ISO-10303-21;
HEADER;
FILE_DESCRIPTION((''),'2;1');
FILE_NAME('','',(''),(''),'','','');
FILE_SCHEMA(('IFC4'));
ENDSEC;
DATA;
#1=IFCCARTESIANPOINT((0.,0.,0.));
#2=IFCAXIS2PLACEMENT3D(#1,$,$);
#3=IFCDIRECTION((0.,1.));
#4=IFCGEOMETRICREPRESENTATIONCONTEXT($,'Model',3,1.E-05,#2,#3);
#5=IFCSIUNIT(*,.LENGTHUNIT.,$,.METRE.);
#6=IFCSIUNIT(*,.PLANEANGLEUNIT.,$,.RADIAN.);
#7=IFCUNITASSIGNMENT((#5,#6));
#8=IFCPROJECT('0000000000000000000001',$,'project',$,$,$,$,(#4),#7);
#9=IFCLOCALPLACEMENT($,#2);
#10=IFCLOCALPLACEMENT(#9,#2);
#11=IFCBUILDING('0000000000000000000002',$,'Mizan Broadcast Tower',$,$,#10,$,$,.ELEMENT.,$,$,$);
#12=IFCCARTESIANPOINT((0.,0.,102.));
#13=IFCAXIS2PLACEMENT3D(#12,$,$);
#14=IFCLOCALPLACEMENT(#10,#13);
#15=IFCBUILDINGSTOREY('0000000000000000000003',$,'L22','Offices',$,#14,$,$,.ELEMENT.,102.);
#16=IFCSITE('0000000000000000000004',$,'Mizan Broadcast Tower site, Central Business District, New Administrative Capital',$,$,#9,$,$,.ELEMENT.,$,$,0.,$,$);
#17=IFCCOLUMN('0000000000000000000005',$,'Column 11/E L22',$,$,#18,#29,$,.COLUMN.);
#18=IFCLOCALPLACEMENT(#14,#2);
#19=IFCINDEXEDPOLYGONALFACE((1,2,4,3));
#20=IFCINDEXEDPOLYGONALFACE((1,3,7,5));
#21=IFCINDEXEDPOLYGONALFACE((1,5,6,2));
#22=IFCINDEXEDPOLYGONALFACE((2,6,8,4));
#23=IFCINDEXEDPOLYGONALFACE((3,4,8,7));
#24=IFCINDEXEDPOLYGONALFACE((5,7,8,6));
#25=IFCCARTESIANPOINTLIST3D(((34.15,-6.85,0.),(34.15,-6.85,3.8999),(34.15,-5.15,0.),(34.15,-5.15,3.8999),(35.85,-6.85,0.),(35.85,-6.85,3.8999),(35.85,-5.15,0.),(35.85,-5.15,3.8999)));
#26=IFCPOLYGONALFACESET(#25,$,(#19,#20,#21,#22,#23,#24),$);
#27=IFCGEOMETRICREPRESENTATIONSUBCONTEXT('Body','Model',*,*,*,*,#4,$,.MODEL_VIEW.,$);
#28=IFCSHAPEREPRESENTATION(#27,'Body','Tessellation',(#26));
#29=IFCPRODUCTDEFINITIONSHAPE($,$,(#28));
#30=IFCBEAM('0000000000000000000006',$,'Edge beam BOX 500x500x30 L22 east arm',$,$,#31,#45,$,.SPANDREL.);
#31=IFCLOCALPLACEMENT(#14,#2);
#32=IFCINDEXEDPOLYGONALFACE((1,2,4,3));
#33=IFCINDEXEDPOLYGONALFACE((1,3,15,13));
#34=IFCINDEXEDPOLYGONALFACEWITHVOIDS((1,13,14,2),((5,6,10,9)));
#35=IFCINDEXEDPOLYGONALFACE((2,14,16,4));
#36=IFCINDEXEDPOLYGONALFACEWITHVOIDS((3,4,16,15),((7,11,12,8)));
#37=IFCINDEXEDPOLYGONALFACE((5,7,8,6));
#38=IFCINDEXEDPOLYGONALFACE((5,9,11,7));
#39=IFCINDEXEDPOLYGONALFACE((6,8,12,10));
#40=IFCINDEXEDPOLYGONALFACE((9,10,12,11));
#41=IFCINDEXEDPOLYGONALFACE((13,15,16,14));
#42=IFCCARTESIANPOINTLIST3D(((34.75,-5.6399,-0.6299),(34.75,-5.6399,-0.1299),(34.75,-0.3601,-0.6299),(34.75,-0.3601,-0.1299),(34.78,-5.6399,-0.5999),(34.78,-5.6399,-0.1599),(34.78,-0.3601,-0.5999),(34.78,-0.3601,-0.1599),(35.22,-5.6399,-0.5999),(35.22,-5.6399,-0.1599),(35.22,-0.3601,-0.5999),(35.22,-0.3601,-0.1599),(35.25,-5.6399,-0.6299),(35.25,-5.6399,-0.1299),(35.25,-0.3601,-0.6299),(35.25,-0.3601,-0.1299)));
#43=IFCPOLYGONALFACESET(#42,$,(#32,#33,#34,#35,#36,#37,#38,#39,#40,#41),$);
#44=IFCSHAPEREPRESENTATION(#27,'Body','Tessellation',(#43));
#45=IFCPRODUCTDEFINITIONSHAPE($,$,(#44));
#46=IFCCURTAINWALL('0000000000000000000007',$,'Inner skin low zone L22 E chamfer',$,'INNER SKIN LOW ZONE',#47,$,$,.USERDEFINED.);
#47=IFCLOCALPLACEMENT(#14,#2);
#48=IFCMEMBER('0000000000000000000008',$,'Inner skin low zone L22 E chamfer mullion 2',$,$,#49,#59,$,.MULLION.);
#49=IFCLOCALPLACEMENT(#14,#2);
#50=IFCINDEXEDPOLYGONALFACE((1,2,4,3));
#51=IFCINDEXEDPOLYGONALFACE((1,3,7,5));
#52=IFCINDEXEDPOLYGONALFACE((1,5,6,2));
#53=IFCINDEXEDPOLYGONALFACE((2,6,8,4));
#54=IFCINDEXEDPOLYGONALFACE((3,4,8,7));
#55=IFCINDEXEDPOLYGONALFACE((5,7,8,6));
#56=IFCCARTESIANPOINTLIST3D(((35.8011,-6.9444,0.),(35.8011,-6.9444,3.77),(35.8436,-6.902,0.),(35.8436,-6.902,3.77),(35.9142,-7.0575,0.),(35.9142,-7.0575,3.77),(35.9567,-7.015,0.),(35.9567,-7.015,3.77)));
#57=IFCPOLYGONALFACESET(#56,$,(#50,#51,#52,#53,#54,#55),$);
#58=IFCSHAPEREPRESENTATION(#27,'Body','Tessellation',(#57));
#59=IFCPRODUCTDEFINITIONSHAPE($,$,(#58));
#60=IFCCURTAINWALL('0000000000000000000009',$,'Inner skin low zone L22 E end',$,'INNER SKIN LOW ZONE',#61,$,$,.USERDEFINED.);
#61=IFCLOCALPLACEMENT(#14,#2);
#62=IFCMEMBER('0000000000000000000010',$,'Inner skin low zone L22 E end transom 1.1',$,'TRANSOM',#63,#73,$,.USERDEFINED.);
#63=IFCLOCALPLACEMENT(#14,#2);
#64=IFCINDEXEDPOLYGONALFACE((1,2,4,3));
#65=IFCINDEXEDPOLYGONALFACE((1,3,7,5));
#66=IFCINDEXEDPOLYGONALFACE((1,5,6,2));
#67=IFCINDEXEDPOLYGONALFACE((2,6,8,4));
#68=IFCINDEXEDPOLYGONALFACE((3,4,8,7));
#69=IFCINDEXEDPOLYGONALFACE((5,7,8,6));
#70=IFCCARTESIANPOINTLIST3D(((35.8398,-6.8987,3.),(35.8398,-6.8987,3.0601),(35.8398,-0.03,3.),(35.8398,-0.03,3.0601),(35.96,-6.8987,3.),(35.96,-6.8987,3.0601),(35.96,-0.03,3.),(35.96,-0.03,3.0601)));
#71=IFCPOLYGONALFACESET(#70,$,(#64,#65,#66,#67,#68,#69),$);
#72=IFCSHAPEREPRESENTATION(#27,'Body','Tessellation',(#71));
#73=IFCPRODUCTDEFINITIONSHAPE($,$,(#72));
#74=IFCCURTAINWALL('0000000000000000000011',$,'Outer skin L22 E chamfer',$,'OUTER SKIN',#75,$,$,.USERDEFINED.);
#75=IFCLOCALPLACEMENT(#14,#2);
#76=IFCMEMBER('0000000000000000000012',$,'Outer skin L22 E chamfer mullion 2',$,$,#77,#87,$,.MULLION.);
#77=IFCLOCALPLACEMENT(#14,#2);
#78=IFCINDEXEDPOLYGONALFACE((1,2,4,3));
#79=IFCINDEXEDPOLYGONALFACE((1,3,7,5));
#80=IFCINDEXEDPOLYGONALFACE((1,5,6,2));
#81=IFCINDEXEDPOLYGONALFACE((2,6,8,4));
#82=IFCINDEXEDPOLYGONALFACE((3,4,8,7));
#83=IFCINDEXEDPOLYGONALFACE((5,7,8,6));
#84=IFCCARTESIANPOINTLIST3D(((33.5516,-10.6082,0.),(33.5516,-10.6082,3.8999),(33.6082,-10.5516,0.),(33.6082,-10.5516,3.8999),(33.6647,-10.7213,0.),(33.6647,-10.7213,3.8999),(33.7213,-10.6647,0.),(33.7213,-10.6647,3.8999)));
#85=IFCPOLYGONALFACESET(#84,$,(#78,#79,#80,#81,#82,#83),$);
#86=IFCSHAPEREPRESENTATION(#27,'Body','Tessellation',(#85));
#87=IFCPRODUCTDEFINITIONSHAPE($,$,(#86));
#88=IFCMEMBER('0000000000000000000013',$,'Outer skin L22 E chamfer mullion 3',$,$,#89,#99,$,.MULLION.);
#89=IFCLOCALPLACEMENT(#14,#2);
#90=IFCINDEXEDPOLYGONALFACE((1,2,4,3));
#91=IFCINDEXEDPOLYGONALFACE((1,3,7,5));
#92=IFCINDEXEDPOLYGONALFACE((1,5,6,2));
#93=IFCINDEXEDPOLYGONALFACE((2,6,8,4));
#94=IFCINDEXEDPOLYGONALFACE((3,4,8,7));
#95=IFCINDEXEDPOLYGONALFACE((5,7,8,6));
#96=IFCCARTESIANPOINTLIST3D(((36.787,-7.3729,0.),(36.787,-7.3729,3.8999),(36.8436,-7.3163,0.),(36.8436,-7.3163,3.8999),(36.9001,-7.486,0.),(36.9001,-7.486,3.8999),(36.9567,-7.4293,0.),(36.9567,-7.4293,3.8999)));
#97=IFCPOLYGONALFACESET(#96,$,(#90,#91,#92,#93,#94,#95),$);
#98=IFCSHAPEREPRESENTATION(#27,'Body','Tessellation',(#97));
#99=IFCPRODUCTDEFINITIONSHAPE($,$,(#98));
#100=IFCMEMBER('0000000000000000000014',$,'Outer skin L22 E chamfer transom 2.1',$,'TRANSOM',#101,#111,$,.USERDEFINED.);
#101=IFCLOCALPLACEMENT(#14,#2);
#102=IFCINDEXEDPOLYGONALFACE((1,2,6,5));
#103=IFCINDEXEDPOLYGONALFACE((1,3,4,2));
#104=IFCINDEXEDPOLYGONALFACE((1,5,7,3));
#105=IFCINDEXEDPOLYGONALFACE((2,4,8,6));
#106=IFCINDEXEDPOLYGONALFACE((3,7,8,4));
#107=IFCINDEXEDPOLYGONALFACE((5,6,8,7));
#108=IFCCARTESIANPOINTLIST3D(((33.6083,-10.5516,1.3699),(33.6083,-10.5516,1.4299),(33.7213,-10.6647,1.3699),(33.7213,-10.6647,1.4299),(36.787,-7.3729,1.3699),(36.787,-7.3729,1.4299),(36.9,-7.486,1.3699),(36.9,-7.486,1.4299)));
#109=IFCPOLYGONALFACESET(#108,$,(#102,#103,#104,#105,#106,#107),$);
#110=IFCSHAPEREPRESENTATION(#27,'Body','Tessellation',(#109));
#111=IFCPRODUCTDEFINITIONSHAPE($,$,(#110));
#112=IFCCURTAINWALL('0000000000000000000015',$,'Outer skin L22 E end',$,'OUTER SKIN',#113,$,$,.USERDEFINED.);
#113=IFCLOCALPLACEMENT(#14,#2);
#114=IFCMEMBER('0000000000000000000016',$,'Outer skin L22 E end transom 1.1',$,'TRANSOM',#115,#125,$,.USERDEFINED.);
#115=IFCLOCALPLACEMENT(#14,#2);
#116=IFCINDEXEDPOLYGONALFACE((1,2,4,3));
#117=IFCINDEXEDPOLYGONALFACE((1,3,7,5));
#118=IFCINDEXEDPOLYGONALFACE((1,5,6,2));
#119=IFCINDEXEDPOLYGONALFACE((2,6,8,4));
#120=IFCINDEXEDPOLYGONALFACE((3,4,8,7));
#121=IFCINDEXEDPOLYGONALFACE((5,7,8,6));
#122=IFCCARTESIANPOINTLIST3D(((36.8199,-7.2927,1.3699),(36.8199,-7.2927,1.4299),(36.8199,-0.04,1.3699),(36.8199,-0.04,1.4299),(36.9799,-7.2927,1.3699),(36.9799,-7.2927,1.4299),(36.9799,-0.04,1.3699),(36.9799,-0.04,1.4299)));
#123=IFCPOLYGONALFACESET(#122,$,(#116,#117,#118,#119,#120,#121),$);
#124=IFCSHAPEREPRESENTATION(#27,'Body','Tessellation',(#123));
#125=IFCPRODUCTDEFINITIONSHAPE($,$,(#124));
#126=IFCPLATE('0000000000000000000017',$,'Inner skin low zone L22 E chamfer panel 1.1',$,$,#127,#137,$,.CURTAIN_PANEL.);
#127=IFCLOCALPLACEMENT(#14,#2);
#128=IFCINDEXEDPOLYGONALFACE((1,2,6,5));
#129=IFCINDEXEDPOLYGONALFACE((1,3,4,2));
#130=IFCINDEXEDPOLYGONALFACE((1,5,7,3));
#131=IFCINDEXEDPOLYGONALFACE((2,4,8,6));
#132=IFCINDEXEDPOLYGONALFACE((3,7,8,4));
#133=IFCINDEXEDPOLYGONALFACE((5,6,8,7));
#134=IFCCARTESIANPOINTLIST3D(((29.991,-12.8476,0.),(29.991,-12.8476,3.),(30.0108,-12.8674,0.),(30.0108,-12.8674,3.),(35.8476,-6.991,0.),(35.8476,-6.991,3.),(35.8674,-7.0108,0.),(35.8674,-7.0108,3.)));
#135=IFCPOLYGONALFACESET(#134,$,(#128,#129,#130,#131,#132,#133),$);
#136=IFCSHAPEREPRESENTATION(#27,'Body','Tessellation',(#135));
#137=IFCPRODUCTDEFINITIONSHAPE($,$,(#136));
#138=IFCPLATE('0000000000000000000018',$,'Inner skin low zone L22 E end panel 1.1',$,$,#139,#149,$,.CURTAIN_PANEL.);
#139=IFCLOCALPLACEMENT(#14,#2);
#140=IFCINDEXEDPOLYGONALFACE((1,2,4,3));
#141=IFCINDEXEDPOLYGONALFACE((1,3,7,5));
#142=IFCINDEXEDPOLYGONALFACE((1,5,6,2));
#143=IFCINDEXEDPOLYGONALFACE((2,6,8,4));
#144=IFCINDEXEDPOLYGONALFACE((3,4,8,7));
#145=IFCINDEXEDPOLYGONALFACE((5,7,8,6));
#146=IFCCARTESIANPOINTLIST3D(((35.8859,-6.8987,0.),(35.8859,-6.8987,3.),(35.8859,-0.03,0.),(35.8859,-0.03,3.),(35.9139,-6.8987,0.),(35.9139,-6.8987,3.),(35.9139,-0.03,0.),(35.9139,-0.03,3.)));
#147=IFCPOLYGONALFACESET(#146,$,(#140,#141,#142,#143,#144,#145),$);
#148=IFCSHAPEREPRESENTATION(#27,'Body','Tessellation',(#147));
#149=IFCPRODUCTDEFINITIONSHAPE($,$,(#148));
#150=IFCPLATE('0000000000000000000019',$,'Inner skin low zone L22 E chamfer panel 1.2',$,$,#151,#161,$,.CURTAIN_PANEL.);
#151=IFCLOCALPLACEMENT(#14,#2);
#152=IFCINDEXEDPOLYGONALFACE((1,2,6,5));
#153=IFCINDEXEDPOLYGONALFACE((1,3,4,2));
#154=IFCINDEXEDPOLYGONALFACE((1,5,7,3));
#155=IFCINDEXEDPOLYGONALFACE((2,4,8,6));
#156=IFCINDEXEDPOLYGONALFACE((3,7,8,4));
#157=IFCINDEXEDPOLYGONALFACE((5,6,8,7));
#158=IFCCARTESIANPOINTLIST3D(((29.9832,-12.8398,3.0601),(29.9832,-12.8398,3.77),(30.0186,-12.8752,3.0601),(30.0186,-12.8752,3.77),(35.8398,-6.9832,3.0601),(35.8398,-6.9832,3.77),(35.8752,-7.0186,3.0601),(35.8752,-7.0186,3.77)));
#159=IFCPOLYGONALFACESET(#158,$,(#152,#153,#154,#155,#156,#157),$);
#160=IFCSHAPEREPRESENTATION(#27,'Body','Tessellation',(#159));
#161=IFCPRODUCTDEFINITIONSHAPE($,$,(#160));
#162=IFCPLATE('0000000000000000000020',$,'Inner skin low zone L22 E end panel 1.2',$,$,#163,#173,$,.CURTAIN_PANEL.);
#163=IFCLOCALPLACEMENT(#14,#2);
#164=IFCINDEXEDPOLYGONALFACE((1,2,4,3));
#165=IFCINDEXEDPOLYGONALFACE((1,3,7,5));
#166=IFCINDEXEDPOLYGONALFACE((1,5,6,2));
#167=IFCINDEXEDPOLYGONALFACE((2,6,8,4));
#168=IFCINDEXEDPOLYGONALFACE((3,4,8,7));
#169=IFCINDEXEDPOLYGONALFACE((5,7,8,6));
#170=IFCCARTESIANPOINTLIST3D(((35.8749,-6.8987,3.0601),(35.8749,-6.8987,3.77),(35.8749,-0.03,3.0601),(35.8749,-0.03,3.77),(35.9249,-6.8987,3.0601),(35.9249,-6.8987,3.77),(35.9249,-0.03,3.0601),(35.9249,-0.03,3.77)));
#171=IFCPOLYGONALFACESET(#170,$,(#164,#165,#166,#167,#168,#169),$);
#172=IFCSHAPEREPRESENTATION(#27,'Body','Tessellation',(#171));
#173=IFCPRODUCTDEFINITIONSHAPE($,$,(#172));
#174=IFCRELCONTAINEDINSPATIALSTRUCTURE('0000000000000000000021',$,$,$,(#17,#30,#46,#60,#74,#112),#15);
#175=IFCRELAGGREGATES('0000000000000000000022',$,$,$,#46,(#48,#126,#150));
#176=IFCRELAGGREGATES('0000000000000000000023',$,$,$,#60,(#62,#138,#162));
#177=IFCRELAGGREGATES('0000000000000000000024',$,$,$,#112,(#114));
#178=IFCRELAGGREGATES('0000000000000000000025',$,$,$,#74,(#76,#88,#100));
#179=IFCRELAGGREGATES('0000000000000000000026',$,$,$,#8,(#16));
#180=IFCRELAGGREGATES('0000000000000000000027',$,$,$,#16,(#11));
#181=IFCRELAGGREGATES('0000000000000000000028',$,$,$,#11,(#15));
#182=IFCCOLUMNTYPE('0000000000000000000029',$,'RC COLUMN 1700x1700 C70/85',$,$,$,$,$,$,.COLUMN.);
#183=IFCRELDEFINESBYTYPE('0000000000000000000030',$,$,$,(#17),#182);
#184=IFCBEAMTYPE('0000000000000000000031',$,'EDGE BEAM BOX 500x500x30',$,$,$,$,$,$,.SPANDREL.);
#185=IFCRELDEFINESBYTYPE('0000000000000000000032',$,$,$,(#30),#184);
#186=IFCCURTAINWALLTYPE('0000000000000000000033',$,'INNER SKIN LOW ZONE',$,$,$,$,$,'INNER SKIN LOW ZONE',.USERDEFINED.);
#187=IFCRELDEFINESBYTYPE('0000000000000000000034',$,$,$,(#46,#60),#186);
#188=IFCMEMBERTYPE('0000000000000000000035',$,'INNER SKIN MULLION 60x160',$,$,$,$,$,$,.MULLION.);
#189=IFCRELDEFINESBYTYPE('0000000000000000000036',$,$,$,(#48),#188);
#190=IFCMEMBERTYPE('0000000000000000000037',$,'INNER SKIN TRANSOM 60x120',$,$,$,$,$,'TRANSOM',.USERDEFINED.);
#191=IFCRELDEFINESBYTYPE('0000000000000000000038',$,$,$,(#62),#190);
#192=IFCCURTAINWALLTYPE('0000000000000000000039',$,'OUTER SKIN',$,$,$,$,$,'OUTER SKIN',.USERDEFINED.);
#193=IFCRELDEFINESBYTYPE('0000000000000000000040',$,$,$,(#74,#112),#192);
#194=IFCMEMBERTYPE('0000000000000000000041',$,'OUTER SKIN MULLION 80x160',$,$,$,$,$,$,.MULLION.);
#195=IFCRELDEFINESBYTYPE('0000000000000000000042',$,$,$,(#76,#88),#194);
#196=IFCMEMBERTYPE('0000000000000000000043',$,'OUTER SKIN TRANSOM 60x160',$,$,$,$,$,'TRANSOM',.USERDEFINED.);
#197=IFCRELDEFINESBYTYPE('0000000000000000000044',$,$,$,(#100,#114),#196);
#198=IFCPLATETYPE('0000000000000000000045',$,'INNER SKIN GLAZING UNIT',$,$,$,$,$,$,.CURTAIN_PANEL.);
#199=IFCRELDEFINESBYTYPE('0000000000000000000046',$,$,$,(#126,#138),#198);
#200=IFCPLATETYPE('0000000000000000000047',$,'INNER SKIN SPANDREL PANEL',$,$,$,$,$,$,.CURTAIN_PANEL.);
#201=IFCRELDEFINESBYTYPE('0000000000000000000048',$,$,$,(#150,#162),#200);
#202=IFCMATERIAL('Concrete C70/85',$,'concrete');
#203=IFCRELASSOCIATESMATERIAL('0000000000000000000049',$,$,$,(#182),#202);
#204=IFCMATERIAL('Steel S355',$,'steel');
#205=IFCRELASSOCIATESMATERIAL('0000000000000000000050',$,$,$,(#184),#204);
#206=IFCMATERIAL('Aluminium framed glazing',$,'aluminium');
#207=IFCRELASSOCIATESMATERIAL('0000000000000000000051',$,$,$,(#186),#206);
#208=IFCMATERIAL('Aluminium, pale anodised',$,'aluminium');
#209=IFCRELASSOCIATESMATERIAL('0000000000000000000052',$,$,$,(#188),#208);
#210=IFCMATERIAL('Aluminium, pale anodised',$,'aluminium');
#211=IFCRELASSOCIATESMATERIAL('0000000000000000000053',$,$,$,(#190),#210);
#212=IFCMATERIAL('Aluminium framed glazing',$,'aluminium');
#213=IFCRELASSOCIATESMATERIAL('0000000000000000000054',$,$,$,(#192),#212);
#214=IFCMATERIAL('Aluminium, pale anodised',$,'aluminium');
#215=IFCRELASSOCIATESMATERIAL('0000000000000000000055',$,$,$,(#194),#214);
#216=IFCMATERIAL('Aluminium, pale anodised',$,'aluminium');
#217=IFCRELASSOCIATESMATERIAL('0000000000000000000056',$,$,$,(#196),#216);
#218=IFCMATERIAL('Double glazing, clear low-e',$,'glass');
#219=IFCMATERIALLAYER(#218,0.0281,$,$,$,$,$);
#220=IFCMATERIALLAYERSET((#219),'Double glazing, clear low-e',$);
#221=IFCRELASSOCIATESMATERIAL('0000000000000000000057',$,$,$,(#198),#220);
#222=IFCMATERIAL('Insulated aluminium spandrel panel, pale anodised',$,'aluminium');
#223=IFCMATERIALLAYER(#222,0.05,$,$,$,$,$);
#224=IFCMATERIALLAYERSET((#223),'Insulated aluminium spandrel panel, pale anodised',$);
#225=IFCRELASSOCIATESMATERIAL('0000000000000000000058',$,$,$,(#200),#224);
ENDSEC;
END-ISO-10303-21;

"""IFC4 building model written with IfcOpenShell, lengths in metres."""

from ifc_helpers import new_model, si_unit, direction, frame, origin, origin_2d, place, context, subcontext, project, spatial, rectangle, hollow_rectangle, extrude, material, layer, layer_set, material_profile, profile_set, type_object, element, aggregate, save


model = new_model("IFC4")

# Units and contexts
model_context = context("Model", 3, precision=1e-05, world=origin(), true_north=direction((0.0, 1.0)))
body_context = subcontext(model_context, "Body", "Model", "MODEL_VIEW")
ifc_project = project(units=[si_unit("LENGTHUNIT", "METRE"), si_unit("PLANEANGLEUNIT", "RADIAN")], contexts=[model_context])

# Site, building, storey
site_placement = place(None, origin())
site = spatial("IfcSite", under=ifc_project, at=site_placement, Name="Mizan Broadcast Tower site, Central Business District, New Administrative Capital", CompositionType="ELEMENT", RefElevation=0.0)
building_placement = place(site_placement, origin())
building = spatial("IfcBuilding", under=site, at=building_placement, Name="Mizan Broadcast Tower", CompositionType="ELEMENT")
storey_placement = place(building_placement, frame((0.0, 0.0, 102.0)))
storey = spatial("IfcBuildingStorey", under=building, at=storey_placement, Name="L22", Description="Offices", CompositionType="ELEMENT", Elevation=102.0)

# Column
ifc_material_1 = material(Name="Concrete C70/85", Category="concrete")
ifc_material_profile_1 = material_profile(ifc_material_1, rectangle(XDim=1.7, YDim=1.7, at=origin_2d()), Name="RC 1700x1700")
ifc_profile_set_1 = profile_set([ifc_material_profile_1], Name="Concrete C70/85")
column_type = type_object("IfcColumnType", Name="RC COLUMN 1700x1700 C70/85", PredefinedType="COLUMN", material=ifc_profile_set_1)
column_placement = place(storey_placement, frame((35.0, -6.0, 0.0), z_axis=(0.0, 0.0, 1.0), x_axis=(1.0, 0.0, 0.0)))
element("IfcColumn", 1, at=column_placement, inside=storey, type_object=column_type, Name="Column 11/E L22", PredefinedType="COLUMN", context=body_context, shape_type="SweptSolid", body=[
    extrude(rectangle(XDim=1.7, YDim=1.7, at=origin_2d()), origin(), (0.0, 0.0, 1.0), 3.8999),
])

# Beam
ifc_material_2 = material(Name="Steel S355", Category="steel")
ifc_material_profile_2 = material_profile(ifc_material_2, hollow_rectangle(XDim=0.5, YDim=0.5, WallThickness=0.03, at=origin_2d()), Name="BOX 500x500x30")
ifc_profile_set_2 = profile_set([ifc_material_profile_2], Name="Steel S355")
beam_type = type_object("IfcBeamType", Name="EDGE BEAM BOX 500x500x30", PredefinedType="SPANDREL", material=ifc_profile_set_2)
beam_placement = place(storey_placement, frame((35.0, -5.6399, -0.3799), z_axis=(0.0, 1.0, 0.0), x_axis=(-1.0, 0.0, 0.0)))
element("IfcBeam", 2, at=beam_placement, inside=storey, type_object=beam_type, Name="Edge beam BOX 500x500x30 L22 east arm", PredefinedType="SPANDREL", context=body_context, shape_type="SweptSolid", body=[
    extrude(hollow_rectangle(XDim=0.5, YDim=0.5, WallThickness=0.03, at=origin_2d()), origin(), (0.0, 0.0, 1.0), 5.2798),
])

# Curtain walls, members
ifc_material_3 = material(Name="Aluminium framed glazing", Category="aluminium")
curtain_wall_type_1 = type_object("IfcCurtainWallType", Name="INNER SKIN LOW ZONE", ElementType="INNER SKIN LOW ZONE", PredefinedType="USERDEFINED", material=ifc_material_3)
curtain_wall_1_placement = place(storey_placement, origin())
curtain_wall_1 = element("IfcCurtainWall", 3, at=curtain_wall_1_placement, inside=storey, type_object=curtain_wall_type_1, Name="Inner skin low zone L22 E chamfer", ObjectType="INNER SKIN LOW ZONE", PredefinedType="USERDEFINED")
ifc_material_4 = material(Name="Aluminium, pale anodised", Category="aluminium")
ifc_material_profile_3 = material_profile(ifc_material_4, rectangle(XDim=0.1599, YDim=0.0601, at=origin_2d()), Name="MULLION 160x60")
ifc_profile_set_3 = profile_set([ifc_material_profile_3], Name="Aluminium, pale anodised")
member_type_1 = type_object("IfcMemberType", Name="INNER SKIN MULLION 60x160", PredefinedType="MULLION", material=ifc_profile_set_3)
member_1_placement = place(storey_placement, frame((35.8789, -6.9797, 0.0), z_axis=(0.0, 0.0, 1.0), x_axis=(-0.707107, 0.707107, 0.0)))
member_1 = element("IfcMember", 4, at=member_1_placement, type_object=member_type_1, Name="Inner skin low zone L22 E chamfer mullion 2", PredefinedType="MULLION", context=body_context, shape_type="SweptSolid", body=[
    extrude(rectangle(XDim=0.1599, YDim=0.0601, at=origin_2d()), origin(), (0.0, 0.0, 1.0), 3.77),
])
curtain_wall_2_placement = place(storey_placement, origin())
curtain_wall_2 = element("IfcCurtainWall", 5, at=curtain_wall_2_placement, inside=storey, type_object=curtain_wall_type_1, Name="Inner skin low zone L22 E end", ObjectType="INNER SKIN LOW ZONE", PredefinedType="USERDEFINED")
ifc_material_5 = material(Name="Aluminium, pale anodised", Category="aluminium")
ifc_material_profile_4 = material_profile(ifc_material_5, rectangle(XDim=0.1201, YDim=0.0601, at=origin_2d()), Name="TRANSOM 120x60")
ifc_profile_set_4 = profile_set([ifc_material_profile_4], Name="Aluminium, pale anodised")
member_type_2 = type_object("IfcMemberType", Name="INNER SKIN TRANSOM 60x120", ElementType="TRANSOM", PredefinedType="USERDEFINED", material=ifc_profile_set_4)
member_2_placement = place(storey_placement, frame((35.8999, -6.8987, 3.03), z_axis=(0.0, 1.0, 0.0), x_axis=(-1.0, 0.0, 0.0)))
member_2 = element("IfcMember", 6, at=member_2_placement, type_object=member_type_2, Name="Inner skin low zone L22 E end transom 1.1", ObjectType="TRANSOM", PredefinedType="USERDEFINED", context=body_context, shape_type="SweptSolid", body=[
    extrude(rectangle(XDim=0.1201, YDim=0.0601, at=origin_2d()), origin(), (0.0, 0.0, 1.0), 6.8687),
])

# Curtain wall, members
ifc_material_6 = material(Name="Aluminium framed glazing", Category="aluminium")
curtain_wall_type_2 = type_object("IfcCurtainWallType", Name="OUTER SKIN", ElementType="OUTER SKIN", PredefinedType="USERDEFINED", material=ifc_material_6)
curtain_wall_3_placement = place(storey_placement, origin())
curtain_wall_3 = element("IfcCurtainWall", 7, at=curtain_wall_3_placement, inside=storey, type_object=curtain_wall_type_2, Name="Outer skin L22 E chamfer", ObjectType="OUTER SKIN", PredefinedType="USERDEFINED")
ifc_material_7 = material(Name="Aluminium, pale anodised", Category="aluminium")
ifc_material_profile_5 = material_profile(ifc_material_7, rectangle(XDim=0.1599, YDim=0.0801, at=origin_2d()), Name="MULLION 160x80")
ifc_profile_set_5 = profile_set([ifc_material_profile_5], Name="Aluminium, pale anodised")
member_type_3 = type_object("IfcMemberType", Name="OUTER SKIN MULLION 80x160", PredefinedType="MULLION", material=ifc_profile_set_5)
member_3_placement = place(storey_placement, frame((33.6365, -10.6365, 0.0), z_axis=(0.0, 0.0, 1.0), x_axis=(-0.707107, 0.707107, 0.0)))
member_3 = element("IfcMember", 8, at=member_3_placement, type_object=member_type_3, Name="Outer skin L22 E chamfer mullion 2", PredefinedType="MULLION", context=body_context, shape_type="SweptSolid", body=[
    extrude(rectangle(XDim=0.1599, YDim=0.0801, at=origin_2d()), origin(), (0.0, 0.0, 1.0), 3.8999),
])
member_4_placement = place(storey_placement, frame((36.8718, -7.4011, 0.0), z_axis=(0.0, 0.0, 1.0), x_axis=(-0.707107, 0.707107, 0.0)))
member_4 = element("IfcMember", 9, at=member_4_placement, type_object=member_type_3, Name="Outer skin L22 E chamfer mullion 3", PredefinedType="MULLION", context=body_context, shape_type="SweptSolid", body=[
    extrude(rectangle(XDim=0.1599, YDim=0.0801, at=origin_2d()), origin(), (0.0, 0.0, 1.0), 3.8999),
])
ifc_material_8 = material(Name="Aluminium, pale anodised", Category="aluminium")
ifc_material_profile_6 = material_profile(ifc_material_8, rectangle(XDim=0.1599, YDim=0.0601, at=origin_2d()), Name="TRANSOM 160x60")
ifc_profile_set_6 = profile_set([ifc_material_profile_6], Name="Aluminium, pale anodised")
member_type_4 = type_object("IfcMemberType", Name="OUTER SKIN TRANSOM 60x160", ElementType="TRANSOM", PredefinedType="USERDEFINED", material=ifc_profile_set_6)
member_5_placement = place(storey_placement, frame((33.6648, -10.6082, 1.3999), z_axis=(0.707107, 0.707107, 0.0), x_axis=(-0.707107, 0.707107, 0.0)))
member_5 = element("IfcMember", 10, at=member_5_placement, type_object=member_type_4, Name="Outer skin L22 E chamfer transom 2.1", ObjectType="TRANSOM", PredefinedType="USERDEFINED", context=body_context, shape_type="SweptSolid", body=[
    extrude(rectangle(XDim=0.1599, YDim=0.0601, at=origin_2d()), origin(), (0.0, 0.0, 1.0), 4.4954),
])

# Curtain wall, member
curtain_wall_4_placement = place(storey_placement, origin())
curtain_wall_4 = element("IfcCurtainWall", 11, at=curtain_wall_4_placement, inside=storey, type_object=curtain_wall_type_2, Name="Outer skin L22 E end", ObjectType="OUTER SKIN", PredefinedType="USERDEFINED")
member_6_placement = place(storey_placement, frame((36.8999, -7.2927, 1.3999), z_axis=(0.0, 1.0, 0.0), x_axis=(-1.0, 0.0, 0.0)))
member_6 = element("IfcMember", 12, at=member_6_placement, type_object=member_type_4, Name="Outer skin L22 E end transom 1.1", ObjectType="TRANSOM", PredefinedType="USERDEFINED", context=body_context, shape_type="SweptSolid", body=[
    extrude(rectangle(XDim=0.1599, YDim=0.0601, at=origin_2d()), origin(), (0.0, 0.0, 1.0), 7.2527),
])

# Plates
ifc_material_9 = material(Name="Double glazing, clear low-e", Category="glass")
ifc_layer_1 = layer(ifc_material_9, 0.0281)
ifc_layer_set_1 = layer_set([ifc_layer_1], Name="Double glazing, clear low-e")
plate_type_1 = type_object("IfcPlateType", Name="INNER SKIN GLAZING UNIT", PredefinedType="CURTAIN_PANEL", material=ifc_layer_set_1)
plate_1_placement = place(storey_placement, frame((32.9292, -9.9292, 0.0), z_axis=(0.0, 0.0, 1.0), x_axis=(0.707107, 0.707107, 0.0)))
plate_1 = element("IfcPlate", 13, at=plate_1_placement, type_object=plate_type_1, Name="Inner skin low zone L22 E chamfer panel 1.1", PredefinedType="CURTAIN_PANEL", context=body_context, shape_type="SweptSolid", body=[
    extrude(rectangle(XDim=8.2825, YDim=0.0281, at=origin_2d()), origin(), (0.0, 0.0, 1.0), 3.0),
])
plate_2_placement = place(storey_placement, frame((35.8999, -3.4644, 0.0), z_axis=(0.0, 0.0, 1.0), x_axis=(0.0, 1.0, 0.0)))
plate_2 = element("IfcPlate", 14, at=plate_2_placement, type_object=plate_type_1, Name="Inner skin low zone L22 E end panel 1.1", PredefinedType="CURTAIN_PANEL", context=body_context, shape_type="SweptSolid", body=[
    extrude(rectangle(XDim=6.8687, YDim=0.0281, at=origin_2d()), origin(), (0.0, 0.0, 1.0), 3.0),
])
ifc_material_10 = material(Name="Insulated aluminium spandrel panel, pale anodised", Category="aluminium")
ifc_layer_2 = layer(ifc_material_10, 0.05)
ifc_layer_set_2 = layer_set([ifc_layer_2], Name="Insulated aluminium spandrel panel, pale anodised")
plate_type_2 = type_object("IfcPlateType", Name="INNER SKIN SPANDREL PANEL", PredefinedType="CURTAIN_PANEL", material=ifc_layer_set_2)
plate_3_placement = place(storey_placement, frame((32.9292, -9.9292, 3.0601), z_axis=(0.0, 0.0, 1.0), x_axis=(0.707107, 0.707107, 0.0)))
plate_3 = element("IfcPlate", 15, at=plate_3_placement, type_object=plate_type_2, Name="Inner skin low zone L22 E chamfer panel 1.2", PredefinedType="CURTAIN_PANEL", context=body_context, shape_type="SweptSolid", body=[
    extrude(rectangle(XDim=8.2825, YDim=0.05, at=origin_2d()), origin(), (0.0, 0.0, 1.0), 0.71),
])
aggregate(curtain_wall_1, [member_1, plate_1, plate_3])
plate_4_placement = place(storey_placement, frame((35.8999, -3.4644, 3.0601), z_axis=(0.0, 0.0, 1.0), x_axis=(0.0, 1.0, 0.0)))
plate_4 = element("IfcPlate", 16, at=plate_4_placement, type_object=plate_type_2, Name="Inner skin low zone L22 E end panel 1.2", PredefinedType="CURTAIN_PANEL", context=body_context, shape_type="SweptSolid", body=[
    extrude(rectangle(XDim=6.8687, YDim=0.05, at=origin_2d()), origin(), (0.0, 0.0, 1.0), 0.71),
])
aggregate(curtain_wall_2, [member_2, plate_2, plate_4])
aggregate(curtain_wall_4, [member_6])
aggregate(curtain_wall_3, [member_3, member_4, member_5])

save(model, "model.ifc")
